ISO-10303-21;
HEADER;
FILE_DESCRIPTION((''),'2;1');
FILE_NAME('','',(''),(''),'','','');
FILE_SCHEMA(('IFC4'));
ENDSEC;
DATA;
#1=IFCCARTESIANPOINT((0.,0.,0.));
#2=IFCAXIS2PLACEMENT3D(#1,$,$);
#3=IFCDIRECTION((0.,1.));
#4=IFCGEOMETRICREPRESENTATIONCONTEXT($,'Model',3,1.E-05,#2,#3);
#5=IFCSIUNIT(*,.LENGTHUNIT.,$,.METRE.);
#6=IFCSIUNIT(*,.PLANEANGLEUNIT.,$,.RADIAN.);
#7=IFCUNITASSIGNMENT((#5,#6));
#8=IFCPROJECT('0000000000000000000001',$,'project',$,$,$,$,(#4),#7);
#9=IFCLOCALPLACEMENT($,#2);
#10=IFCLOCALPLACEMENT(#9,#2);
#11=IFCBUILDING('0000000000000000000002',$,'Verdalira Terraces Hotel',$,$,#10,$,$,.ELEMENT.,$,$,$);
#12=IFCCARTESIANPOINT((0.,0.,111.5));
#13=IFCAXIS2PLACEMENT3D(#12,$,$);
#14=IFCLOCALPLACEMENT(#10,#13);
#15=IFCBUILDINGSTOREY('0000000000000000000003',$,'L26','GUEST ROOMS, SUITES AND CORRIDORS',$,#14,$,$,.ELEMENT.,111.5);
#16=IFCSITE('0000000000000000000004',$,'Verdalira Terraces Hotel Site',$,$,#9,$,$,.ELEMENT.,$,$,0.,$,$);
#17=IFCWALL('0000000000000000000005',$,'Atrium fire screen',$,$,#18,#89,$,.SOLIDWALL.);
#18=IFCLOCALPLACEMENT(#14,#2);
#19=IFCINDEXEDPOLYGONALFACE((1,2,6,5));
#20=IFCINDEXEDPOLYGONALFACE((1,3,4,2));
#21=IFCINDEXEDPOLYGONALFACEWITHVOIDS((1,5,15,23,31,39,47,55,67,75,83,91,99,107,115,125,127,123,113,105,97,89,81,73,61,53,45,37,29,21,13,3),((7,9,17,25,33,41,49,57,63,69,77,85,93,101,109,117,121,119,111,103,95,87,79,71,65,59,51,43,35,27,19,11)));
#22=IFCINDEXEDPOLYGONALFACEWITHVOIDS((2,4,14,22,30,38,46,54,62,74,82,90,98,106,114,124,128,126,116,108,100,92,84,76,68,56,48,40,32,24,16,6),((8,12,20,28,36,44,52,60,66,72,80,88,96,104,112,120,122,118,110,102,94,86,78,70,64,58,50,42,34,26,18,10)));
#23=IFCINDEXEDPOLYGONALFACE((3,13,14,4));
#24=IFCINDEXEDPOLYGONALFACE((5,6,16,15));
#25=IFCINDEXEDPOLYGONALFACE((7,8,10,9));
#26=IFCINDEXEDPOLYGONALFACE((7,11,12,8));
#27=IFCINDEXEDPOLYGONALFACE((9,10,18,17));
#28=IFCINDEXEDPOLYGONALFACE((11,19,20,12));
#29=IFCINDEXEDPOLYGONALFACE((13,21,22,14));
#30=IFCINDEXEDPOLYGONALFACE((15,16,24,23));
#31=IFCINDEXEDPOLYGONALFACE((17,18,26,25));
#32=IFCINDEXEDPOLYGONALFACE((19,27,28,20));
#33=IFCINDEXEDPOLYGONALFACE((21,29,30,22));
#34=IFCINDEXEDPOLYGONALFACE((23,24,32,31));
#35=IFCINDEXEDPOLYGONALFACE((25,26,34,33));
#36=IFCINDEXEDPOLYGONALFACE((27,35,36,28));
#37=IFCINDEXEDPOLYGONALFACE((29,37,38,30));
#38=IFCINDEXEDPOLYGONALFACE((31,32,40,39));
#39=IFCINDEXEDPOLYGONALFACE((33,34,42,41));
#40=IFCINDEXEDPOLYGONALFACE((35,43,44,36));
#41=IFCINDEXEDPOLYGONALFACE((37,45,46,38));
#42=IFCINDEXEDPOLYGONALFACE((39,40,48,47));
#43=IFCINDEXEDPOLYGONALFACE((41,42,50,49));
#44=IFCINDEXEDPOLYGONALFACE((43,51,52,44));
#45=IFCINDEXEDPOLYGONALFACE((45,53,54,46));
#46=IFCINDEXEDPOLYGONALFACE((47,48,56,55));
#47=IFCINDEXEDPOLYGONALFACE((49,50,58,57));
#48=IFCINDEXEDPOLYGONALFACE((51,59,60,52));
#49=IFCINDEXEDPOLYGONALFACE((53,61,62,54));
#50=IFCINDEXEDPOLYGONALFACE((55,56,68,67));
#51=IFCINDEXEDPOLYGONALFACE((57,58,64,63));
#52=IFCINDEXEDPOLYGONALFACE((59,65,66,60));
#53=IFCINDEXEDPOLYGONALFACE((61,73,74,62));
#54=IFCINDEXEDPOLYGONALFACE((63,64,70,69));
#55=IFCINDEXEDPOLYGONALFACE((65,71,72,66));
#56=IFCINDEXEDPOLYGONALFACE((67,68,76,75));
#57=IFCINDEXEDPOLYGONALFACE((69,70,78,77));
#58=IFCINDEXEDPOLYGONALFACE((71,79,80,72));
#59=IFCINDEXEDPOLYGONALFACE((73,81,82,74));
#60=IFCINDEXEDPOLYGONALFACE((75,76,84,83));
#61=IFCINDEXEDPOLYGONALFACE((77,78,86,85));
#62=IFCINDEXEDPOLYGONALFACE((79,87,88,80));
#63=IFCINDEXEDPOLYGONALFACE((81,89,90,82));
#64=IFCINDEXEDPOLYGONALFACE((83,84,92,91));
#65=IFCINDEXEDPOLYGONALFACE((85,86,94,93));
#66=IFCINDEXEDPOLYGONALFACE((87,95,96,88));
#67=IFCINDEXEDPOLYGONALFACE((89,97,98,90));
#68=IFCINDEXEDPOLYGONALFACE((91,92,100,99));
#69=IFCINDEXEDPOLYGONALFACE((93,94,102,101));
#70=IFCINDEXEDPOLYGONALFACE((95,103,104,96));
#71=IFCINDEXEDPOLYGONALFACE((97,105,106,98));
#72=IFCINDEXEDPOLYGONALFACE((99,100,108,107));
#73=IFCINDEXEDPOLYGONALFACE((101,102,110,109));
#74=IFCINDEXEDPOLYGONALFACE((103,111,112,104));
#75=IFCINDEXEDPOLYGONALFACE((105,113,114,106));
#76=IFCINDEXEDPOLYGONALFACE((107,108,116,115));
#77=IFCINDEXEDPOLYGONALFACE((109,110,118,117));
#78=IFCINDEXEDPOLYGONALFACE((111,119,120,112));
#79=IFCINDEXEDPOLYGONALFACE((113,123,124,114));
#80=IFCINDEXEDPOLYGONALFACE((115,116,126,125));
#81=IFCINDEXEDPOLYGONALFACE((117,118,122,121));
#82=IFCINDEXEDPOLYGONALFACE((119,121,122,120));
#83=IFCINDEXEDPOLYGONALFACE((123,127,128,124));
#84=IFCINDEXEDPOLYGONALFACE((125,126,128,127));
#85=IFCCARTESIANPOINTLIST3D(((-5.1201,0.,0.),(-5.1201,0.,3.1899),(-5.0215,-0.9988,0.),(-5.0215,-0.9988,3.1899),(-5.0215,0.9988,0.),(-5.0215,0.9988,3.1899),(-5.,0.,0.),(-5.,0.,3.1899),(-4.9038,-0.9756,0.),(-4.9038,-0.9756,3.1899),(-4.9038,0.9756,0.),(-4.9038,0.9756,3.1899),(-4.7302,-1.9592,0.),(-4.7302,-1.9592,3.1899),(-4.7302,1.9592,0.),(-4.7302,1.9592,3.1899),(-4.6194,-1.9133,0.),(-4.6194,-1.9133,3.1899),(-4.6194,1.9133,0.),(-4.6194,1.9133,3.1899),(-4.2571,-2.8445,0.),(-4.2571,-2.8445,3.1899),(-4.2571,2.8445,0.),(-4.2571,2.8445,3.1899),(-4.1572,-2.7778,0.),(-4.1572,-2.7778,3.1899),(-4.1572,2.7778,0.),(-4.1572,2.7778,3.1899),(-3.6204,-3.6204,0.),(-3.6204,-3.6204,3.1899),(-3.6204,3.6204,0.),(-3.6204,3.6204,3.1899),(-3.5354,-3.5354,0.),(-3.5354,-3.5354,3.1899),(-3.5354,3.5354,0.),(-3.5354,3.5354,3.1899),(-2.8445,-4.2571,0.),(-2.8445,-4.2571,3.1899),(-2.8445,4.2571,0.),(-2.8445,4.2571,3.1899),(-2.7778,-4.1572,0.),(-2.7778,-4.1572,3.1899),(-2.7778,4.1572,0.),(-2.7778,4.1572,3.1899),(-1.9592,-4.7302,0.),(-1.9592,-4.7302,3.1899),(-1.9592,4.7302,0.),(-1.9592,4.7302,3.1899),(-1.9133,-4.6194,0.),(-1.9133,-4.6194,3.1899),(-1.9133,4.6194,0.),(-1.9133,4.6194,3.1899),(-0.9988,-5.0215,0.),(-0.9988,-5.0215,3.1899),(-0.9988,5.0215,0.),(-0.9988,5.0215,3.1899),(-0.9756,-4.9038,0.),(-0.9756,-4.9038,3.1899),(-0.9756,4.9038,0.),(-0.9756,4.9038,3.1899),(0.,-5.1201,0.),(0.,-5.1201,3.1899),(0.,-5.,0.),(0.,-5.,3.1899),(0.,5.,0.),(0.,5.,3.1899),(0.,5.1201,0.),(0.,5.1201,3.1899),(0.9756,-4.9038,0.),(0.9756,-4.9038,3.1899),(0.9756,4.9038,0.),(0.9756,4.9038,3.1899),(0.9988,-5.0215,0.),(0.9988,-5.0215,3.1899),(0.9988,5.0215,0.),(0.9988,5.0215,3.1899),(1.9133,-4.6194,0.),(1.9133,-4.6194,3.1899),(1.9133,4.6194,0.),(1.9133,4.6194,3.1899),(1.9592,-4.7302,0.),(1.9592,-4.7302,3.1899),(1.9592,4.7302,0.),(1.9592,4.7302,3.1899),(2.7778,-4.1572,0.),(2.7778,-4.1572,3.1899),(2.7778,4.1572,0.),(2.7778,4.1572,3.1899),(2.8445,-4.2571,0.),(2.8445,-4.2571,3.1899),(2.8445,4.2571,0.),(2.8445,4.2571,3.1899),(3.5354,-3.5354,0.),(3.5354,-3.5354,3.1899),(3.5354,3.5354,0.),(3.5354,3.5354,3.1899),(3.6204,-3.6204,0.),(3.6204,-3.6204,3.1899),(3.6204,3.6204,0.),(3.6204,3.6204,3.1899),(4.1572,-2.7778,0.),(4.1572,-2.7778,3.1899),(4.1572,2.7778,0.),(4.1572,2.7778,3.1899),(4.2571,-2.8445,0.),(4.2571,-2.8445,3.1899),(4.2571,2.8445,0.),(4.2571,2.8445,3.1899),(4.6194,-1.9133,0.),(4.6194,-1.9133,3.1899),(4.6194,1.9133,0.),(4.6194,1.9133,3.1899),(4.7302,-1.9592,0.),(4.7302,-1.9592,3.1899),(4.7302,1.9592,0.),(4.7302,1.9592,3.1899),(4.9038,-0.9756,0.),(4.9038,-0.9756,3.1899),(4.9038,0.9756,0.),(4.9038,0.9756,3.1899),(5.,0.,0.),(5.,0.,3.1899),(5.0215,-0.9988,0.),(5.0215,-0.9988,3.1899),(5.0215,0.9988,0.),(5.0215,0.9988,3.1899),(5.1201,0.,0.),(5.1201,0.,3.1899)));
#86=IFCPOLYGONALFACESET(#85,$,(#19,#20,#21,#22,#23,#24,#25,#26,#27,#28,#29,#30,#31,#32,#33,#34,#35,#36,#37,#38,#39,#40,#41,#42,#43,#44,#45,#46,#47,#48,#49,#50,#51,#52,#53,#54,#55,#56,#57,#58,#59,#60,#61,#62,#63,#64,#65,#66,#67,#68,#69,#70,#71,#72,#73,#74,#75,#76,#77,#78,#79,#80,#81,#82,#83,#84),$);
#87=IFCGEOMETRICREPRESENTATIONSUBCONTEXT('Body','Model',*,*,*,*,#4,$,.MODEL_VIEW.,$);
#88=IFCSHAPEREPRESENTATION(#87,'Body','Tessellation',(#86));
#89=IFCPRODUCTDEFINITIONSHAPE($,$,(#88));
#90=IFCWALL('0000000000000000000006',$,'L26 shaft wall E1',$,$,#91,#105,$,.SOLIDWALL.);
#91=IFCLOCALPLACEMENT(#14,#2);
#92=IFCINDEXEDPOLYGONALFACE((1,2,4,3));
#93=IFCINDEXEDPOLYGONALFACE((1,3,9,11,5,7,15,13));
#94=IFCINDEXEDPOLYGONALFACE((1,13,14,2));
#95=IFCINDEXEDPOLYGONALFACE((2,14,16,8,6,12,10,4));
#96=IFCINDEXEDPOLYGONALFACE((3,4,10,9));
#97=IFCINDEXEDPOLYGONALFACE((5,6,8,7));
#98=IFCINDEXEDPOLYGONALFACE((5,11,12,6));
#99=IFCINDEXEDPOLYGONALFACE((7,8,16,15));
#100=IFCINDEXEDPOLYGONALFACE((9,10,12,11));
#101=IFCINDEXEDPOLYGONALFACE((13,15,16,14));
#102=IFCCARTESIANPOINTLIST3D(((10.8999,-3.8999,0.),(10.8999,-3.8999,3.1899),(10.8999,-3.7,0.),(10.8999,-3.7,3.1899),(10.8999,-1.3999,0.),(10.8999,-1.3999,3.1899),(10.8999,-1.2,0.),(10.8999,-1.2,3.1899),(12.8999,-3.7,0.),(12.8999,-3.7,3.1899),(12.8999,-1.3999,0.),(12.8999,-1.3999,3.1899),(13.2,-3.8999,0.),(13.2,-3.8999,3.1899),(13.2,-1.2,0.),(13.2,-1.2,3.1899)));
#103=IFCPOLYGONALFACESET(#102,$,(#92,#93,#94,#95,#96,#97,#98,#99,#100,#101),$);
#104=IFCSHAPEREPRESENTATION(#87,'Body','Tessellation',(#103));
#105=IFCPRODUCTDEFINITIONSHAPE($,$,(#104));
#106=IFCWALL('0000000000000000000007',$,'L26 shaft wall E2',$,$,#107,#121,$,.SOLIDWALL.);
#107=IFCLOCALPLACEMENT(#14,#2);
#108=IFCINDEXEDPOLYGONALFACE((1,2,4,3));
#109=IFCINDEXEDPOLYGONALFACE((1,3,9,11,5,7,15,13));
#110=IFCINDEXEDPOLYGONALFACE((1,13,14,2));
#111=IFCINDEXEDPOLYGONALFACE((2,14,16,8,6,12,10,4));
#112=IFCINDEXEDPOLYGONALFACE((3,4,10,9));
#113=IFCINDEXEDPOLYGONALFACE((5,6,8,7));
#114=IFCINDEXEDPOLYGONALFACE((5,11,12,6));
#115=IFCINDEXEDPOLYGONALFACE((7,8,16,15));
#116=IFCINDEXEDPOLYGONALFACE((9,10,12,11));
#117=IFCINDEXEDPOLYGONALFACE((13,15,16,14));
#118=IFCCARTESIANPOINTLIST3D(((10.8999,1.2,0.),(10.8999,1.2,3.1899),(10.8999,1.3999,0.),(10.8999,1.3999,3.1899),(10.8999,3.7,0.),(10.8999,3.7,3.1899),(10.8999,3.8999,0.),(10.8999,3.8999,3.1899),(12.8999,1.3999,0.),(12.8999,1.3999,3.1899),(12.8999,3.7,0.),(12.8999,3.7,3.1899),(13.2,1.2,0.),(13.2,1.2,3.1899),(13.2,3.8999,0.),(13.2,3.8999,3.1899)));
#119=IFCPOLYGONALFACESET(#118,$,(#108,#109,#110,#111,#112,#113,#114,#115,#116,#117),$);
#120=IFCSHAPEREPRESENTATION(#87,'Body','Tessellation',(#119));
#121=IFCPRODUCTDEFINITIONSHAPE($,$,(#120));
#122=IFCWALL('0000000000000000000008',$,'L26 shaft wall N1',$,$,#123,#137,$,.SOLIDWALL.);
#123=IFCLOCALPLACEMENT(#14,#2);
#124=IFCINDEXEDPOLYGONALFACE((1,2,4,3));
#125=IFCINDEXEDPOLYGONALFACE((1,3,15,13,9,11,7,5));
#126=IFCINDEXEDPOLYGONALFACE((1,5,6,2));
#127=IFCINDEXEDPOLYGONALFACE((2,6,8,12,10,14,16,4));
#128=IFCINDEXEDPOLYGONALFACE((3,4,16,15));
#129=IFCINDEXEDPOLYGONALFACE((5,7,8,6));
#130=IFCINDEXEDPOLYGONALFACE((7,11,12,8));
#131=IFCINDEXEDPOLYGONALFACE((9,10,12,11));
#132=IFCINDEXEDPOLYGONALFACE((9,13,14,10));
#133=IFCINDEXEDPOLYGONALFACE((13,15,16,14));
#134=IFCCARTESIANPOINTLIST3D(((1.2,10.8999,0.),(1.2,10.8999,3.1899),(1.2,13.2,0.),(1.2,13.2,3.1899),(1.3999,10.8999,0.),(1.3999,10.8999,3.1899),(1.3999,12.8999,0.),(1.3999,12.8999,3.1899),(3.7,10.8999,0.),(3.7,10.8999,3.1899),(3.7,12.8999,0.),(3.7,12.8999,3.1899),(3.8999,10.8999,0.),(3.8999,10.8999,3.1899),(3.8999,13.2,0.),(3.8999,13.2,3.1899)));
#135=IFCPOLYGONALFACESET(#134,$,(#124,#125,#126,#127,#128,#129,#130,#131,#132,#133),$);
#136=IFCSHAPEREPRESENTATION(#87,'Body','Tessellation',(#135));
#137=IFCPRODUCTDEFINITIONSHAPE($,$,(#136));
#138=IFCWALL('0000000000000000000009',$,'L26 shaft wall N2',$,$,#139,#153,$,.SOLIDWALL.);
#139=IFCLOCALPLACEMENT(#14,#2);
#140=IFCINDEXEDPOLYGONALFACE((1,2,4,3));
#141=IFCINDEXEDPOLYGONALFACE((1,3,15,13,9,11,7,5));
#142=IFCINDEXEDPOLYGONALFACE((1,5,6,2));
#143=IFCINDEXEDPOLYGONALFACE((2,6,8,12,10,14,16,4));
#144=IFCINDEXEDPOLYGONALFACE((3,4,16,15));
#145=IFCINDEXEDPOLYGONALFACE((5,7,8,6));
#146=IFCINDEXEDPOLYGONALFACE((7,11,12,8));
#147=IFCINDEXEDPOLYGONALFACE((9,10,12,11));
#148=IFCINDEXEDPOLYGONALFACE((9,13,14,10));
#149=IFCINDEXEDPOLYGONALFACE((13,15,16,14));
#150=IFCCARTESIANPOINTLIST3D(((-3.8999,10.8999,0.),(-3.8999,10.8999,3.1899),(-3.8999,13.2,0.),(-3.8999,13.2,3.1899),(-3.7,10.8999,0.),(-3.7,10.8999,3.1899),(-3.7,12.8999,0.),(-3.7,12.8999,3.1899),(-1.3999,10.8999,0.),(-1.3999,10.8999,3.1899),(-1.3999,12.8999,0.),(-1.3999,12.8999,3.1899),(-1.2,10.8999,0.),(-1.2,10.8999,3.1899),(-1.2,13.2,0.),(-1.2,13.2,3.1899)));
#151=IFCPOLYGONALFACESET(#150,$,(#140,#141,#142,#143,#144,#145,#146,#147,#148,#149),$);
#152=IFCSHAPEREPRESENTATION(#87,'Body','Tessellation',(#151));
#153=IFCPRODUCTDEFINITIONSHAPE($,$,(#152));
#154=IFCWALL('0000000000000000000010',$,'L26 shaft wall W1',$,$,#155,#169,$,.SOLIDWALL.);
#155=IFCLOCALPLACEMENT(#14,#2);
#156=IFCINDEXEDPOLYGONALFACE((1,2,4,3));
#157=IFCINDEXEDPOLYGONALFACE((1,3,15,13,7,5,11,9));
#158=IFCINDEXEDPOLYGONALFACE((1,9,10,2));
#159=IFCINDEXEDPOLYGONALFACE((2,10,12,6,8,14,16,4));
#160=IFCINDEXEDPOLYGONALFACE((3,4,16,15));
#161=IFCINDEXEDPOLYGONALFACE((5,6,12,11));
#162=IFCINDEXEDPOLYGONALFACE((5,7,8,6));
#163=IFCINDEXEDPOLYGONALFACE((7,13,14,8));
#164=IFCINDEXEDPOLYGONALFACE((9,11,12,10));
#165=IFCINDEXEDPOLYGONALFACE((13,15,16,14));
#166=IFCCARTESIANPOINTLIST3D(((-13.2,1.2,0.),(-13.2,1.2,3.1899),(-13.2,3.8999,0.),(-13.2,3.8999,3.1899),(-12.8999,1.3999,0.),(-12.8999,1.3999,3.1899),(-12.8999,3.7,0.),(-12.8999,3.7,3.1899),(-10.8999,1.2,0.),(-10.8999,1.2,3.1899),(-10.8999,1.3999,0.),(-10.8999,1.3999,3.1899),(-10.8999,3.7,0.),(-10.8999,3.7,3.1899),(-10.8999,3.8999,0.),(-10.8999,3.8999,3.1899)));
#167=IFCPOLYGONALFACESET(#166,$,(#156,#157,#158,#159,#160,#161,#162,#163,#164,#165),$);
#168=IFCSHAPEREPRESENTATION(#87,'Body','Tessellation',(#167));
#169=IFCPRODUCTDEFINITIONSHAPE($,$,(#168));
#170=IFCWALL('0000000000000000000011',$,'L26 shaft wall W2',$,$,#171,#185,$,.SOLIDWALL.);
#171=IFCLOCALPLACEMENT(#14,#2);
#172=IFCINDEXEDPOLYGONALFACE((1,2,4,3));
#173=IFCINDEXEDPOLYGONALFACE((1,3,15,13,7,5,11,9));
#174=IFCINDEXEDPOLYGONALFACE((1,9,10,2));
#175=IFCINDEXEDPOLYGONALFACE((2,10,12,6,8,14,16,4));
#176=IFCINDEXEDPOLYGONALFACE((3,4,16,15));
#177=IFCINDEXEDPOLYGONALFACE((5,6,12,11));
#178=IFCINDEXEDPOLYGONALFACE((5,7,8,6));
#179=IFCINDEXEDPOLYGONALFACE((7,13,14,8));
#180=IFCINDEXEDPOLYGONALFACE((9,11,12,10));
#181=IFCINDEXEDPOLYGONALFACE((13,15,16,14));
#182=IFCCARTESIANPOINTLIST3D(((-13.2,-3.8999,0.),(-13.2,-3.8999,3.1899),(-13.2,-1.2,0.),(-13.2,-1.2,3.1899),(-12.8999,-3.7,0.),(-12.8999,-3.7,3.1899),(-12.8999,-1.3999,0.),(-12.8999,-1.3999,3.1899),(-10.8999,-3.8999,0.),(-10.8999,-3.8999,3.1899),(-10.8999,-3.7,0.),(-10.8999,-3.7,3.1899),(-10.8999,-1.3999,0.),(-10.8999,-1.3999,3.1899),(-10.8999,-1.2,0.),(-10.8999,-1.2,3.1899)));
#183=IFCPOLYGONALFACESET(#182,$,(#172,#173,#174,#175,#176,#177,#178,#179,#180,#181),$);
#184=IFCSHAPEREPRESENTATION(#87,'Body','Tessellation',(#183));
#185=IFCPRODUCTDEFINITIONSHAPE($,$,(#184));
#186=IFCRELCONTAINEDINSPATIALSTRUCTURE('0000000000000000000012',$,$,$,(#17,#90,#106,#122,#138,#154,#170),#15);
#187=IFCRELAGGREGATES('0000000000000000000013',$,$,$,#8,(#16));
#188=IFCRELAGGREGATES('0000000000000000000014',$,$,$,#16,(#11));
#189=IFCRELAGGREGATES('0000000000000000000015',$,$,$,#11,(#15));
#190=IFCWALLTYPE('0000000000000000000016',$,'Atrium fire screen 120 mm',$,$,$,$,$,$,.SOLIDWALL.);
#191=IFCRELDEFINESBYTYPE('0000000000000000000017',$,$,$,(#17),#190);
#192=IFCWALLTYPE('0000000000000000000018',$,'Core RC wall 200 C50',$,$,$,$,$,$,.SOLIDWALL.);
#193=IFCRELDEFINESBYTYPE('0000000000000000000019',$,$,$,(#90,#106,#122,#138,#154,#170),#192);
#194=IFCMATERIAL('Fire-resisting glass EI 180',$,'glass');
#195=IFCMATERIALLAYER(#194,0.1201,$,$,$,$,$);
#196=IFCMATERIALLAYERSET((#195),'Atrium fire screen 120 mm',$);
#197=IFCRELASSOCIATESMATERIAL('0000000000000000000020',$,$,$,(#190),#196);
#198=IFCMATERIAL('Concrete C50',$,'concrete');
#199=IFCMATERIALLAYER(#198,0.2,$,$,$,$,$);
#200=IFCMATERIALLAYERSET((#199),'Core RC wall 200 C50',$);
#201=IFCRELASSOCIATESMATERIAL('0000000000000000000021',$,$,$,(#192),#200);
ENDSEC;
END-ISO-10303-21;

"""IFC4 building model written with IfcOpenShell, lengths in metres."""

from ifc_helpers import new_model, si_unit, direction, frame, origin, place, context, subcontext, project, spatial, polyline, outline, extrude, material, layer, layer_set, type_object, element, save


model = new_model("IFC4")

# Units and contexts
model_context = context("Model", 3, precision=1e-05, world=origin(), true_north=direction((0.0, 1.0)))
body_context = subcontext(model_context, "Body", "Model", "MODEL_VIEW")
ifc_project = project(units=[si_unit("LENGTHUNIT", "METRE"), si_unit("PLANEANGLEUNIT", "RADIAN")], contexts=[model_context])

# Site, building, storey
site_placement = place(None, origin())
site = spatial("IfcSite", under=ifc_project, at=site_placement, Name="Verdalira Terraces Hotel Site", CompositionType="ELEMENT", RefElevation=0.0)
building_placement = place(site_placement, origin())
building = spatial("IfcBuilding", under=site, at=building_placement, Name="Verdalira Terraces Hotel", CompositionType="ELEMENT")
storey_placement = place(building_placement, frame((0.0, 0.0, 111.5)))
storey = spatial("IfcBuildingStorey", under=building, at=storey_placement, Name="L26", Description="GUEST ROOMS, SUITES AND CORRIDORS", CompositionType="ELEMENT", Elevation=111.5)

# Walls
ifc_material_1 = material(Name="Fire-resisting glass EI 180", Category="glass")
ifc_layer_1 = layer(ifc_material_1, 0.1201)
ifc_layer_set_1 = layer_set([ifc_layer_1], Name="Atrium fire screen 120 mm")
wall_type_1 = type_object("IfcWallType", Name="Atrium fire screen 120 mm", PredefinedType="SOLIDWALL", material=ifc_layer_set_1)
wall_1_placement = place(storey_placement, origin())
element("IfcWall", 1, at=wall_1_placement, inside=storey, type_object=wall_type_1, Name="Atrium fire screen", PredefinedType="SOLIDWALL", context=body_context, shape_type="SweptSolid", body=[
    extrude(outline(polyline([(5.0215, -0.9988), (4.7302, -1.9592), (4.2571, -2.8445), (3.6204, -3.6204), (2.8445, -4.2571), (1.9592, -4.7302), (0.9988, -5.0215), (0.0, -5.1201), (-0.9988, -5.0215), (-1.9592, -4.7302), (-2.8445, -4.2571), (-3.6204, -3.6204), (-4.2571, -2.8445), (-4.7302, -1.9592), (-5.0215, -0.9988), (-5.1201, 0.0), (-5.0215, 0.9988), (-4.7302, 1.9592), (-4.2571, 2.8445), (-3.6204, 3.6204), (-2.8445, 4.2571), (-1.9592, 4.7302), (-0.9988, 5.0215), (0.0, 5.1201), (0.9988, 5.0215), (1.9592, 4.7302), (2.8445, 4.2571), (3.6204, 3.6204), (4.2571, 2.8445), (4.7302, 1.9592), (5.0215, 0.9988), (5.1201, 0.0), (5.0215, -0.9988)]), holes=[polyline([(4.9038, 0.9756), (4.6194, 1.9133), (4.1572, 2.7778), (3.5354, 3.5354), (2.7778, 4.1572), (1.9133, 4.6194), (0.9756, 4.9038), (0.0, 5.0), (-0.9756, 4.9038), (-1.9133, 4.6194), (-2.7778, 4.1572), (-3.5354, 3.5354), (-4.1572, 2.7778), (-4.6194, 1.9133), (-4.9038, 0.9756), (-5.0, 0.0), (-4.9038, -0.9756), (-4.6194, -1.9133), (-4.1572, -2.7778), (-3.5354, -3.5354), (-2.7778, -4.1572), (-1.9133, -4.6194), (-0.9756, -4.9038), (0.0, -5.0), (0.9756, -4.9038), (1.9133, -4.6194), (2.7778, -4.1572), (3.5354, -3.5354), (4.1572, -2.7778), (4.6194, -1.9133), (4.9038, -0.9756), (5.0, 0.0), (4.9038, 0.9756)])]), origin(), (0.0, 0.0, 1.0), 3.1899),
])
ifc_material_2 = material(Name="Concrete C50", Category="concrete")
ifc_layer_2 = layer(ifc_material_2, 0.2)
ifc_layer_set_2 = layer_set([ifc_layer_2], Name="Core RC wall 200 C50")
wall_type_2 = type_object("IfcWallType", Name="Core RC wall 200 C50", PredefinedType="SOLIDWALL", material=ifc_layer_set_2)
wall_2_placement = place(storey_placement, origin())
element("IfcWall", 2, at=wall_2_placement, inside=storey, type_object=wall_type_2, Name="L26 shaft wall E1", PredefinedType="SOLIDWALL", context=body_context, shape_type="SweptSolid", body=[
    extrude(outline(polyline([(13.2, -3.8999), (10.8999, -3.8999), (10.8999, -3.7), (12.8999, -3.7), (12.8999, -1.3999), (10.8999, -1.3999), (10.8999, -1.2), (13.2, -1.2), (13.2, -3.8999)])), origin(), (0.0, 0.0, 1.0), 3.1899),
])
wall_3_placement = place(storey_placement, origin())
element("IfcWall", 3, at=wall_3_placement, inside=storey, type_object=wall_type_2, Name="L26 shaft wall E2", PredefinedType="SOLIDWALL", context=body_context, shape_type="SweptSolid", body=[
    extrude(outline(polyline([(13.2, 3.8999), (13.2, 1.2), (10.8999, 1.2), (10.8999, 1.3999), (12.8999, 1.3999), (12.8999, 3.7), (10.8999, 3.7), (10.8999, 3.8999), (13.2, 3.8999)])), origin(), (0.0, 0.0, 1.0), 3.1899),
])
wall_4_placement = place(storey_placement, origin())
element("IfcWall", 4, at=wall_4_placement, inside=storey, type_object=wall_type_2, Name="L26 shaft wall N1", PredefinedType="SOLIDWALL", context=body_context, shape_type="SweptSolid", body=[
    extrude(outline(polyline([(3.8999, 13.2), (3.8999, 10.8999), (3.7, 10.8999), (3.7, 12.8999), (1.3999, 12.8999), (1.3999, 10.8999), (1.2, 10.8999), (1.2, 13.2), (3.8999, 13.2)])), origin(), (0.0, 0.0, 1.0), 3.1899),
])
wall_5_placement = place(storey_placement, origin())
element("IfcWall", 5, at=wall_5_placement, inside=storey, type_object=wall_type_2, Name="L26 shaft wall N2", PredefinedType="SOLIDWALL", context=body_context, shape_type="SweptSolid", body=[
    extrude(outline(polyline([(-3.8999, 10.8999), (-3.8999, 13.2), (-1.2, 13.2), (-1.2, 10.8999), (-1.3999, 10.8999), (-1.3999, 12.8999), (-3.7, 12.8999), (-3.7, 10.8999), (-3.8999, 10.8999)])), origin(), (0.0, 0.0, 1.0), 3.1899),
])
wall_6_placement = place(storey_placement, origin())
element("IfcWall", 6, at=wall_6_placement, inside=storey, type_object=wall_type_2, Name="L26 shaft wall W1", PredefinedType="SOLIDWALL", context=body_context, shape_type="SweptSolid", body=[
    extrude(outline(polyline([(-13.2, 3.8999), (-10.8999, 3.8999), (-10.8999, 3.7), (-12.8999, 3.7), (-12.8999, 1.3999), (-10.8999, 1.3999), (-10.8999, 1.2), (-13.2, 1.2), (-13.2, 3.8999)])), origin(), (0.0, 0.0, 1.0), 3.1899),
])
wall_7_placement = place(storey_placement, origin())
element("IfcWall", 7, at=wall_7_placement, inside=storey, type_object=wall_type_2, Name="L26 shaft wall W2", PredefinedType="SOLIDWALL", context=body_context, shape_type="SweptSolid", body=[
    extrude(outline(polyline([(-13.2, -3.8999), (-13.2, -1.2), (-10.8999, -1.2), (-10.8999, -1.3999), (-12.8999, -1.3999), (-12.8999, -3.7), (-10.8999, -3.7), (-10.8999, -3.8999), (-13.2, -3.8999)])), origin(), (0.0, 0.0, 1.0), 3.1899),
])

save(model, "model.ifc")
